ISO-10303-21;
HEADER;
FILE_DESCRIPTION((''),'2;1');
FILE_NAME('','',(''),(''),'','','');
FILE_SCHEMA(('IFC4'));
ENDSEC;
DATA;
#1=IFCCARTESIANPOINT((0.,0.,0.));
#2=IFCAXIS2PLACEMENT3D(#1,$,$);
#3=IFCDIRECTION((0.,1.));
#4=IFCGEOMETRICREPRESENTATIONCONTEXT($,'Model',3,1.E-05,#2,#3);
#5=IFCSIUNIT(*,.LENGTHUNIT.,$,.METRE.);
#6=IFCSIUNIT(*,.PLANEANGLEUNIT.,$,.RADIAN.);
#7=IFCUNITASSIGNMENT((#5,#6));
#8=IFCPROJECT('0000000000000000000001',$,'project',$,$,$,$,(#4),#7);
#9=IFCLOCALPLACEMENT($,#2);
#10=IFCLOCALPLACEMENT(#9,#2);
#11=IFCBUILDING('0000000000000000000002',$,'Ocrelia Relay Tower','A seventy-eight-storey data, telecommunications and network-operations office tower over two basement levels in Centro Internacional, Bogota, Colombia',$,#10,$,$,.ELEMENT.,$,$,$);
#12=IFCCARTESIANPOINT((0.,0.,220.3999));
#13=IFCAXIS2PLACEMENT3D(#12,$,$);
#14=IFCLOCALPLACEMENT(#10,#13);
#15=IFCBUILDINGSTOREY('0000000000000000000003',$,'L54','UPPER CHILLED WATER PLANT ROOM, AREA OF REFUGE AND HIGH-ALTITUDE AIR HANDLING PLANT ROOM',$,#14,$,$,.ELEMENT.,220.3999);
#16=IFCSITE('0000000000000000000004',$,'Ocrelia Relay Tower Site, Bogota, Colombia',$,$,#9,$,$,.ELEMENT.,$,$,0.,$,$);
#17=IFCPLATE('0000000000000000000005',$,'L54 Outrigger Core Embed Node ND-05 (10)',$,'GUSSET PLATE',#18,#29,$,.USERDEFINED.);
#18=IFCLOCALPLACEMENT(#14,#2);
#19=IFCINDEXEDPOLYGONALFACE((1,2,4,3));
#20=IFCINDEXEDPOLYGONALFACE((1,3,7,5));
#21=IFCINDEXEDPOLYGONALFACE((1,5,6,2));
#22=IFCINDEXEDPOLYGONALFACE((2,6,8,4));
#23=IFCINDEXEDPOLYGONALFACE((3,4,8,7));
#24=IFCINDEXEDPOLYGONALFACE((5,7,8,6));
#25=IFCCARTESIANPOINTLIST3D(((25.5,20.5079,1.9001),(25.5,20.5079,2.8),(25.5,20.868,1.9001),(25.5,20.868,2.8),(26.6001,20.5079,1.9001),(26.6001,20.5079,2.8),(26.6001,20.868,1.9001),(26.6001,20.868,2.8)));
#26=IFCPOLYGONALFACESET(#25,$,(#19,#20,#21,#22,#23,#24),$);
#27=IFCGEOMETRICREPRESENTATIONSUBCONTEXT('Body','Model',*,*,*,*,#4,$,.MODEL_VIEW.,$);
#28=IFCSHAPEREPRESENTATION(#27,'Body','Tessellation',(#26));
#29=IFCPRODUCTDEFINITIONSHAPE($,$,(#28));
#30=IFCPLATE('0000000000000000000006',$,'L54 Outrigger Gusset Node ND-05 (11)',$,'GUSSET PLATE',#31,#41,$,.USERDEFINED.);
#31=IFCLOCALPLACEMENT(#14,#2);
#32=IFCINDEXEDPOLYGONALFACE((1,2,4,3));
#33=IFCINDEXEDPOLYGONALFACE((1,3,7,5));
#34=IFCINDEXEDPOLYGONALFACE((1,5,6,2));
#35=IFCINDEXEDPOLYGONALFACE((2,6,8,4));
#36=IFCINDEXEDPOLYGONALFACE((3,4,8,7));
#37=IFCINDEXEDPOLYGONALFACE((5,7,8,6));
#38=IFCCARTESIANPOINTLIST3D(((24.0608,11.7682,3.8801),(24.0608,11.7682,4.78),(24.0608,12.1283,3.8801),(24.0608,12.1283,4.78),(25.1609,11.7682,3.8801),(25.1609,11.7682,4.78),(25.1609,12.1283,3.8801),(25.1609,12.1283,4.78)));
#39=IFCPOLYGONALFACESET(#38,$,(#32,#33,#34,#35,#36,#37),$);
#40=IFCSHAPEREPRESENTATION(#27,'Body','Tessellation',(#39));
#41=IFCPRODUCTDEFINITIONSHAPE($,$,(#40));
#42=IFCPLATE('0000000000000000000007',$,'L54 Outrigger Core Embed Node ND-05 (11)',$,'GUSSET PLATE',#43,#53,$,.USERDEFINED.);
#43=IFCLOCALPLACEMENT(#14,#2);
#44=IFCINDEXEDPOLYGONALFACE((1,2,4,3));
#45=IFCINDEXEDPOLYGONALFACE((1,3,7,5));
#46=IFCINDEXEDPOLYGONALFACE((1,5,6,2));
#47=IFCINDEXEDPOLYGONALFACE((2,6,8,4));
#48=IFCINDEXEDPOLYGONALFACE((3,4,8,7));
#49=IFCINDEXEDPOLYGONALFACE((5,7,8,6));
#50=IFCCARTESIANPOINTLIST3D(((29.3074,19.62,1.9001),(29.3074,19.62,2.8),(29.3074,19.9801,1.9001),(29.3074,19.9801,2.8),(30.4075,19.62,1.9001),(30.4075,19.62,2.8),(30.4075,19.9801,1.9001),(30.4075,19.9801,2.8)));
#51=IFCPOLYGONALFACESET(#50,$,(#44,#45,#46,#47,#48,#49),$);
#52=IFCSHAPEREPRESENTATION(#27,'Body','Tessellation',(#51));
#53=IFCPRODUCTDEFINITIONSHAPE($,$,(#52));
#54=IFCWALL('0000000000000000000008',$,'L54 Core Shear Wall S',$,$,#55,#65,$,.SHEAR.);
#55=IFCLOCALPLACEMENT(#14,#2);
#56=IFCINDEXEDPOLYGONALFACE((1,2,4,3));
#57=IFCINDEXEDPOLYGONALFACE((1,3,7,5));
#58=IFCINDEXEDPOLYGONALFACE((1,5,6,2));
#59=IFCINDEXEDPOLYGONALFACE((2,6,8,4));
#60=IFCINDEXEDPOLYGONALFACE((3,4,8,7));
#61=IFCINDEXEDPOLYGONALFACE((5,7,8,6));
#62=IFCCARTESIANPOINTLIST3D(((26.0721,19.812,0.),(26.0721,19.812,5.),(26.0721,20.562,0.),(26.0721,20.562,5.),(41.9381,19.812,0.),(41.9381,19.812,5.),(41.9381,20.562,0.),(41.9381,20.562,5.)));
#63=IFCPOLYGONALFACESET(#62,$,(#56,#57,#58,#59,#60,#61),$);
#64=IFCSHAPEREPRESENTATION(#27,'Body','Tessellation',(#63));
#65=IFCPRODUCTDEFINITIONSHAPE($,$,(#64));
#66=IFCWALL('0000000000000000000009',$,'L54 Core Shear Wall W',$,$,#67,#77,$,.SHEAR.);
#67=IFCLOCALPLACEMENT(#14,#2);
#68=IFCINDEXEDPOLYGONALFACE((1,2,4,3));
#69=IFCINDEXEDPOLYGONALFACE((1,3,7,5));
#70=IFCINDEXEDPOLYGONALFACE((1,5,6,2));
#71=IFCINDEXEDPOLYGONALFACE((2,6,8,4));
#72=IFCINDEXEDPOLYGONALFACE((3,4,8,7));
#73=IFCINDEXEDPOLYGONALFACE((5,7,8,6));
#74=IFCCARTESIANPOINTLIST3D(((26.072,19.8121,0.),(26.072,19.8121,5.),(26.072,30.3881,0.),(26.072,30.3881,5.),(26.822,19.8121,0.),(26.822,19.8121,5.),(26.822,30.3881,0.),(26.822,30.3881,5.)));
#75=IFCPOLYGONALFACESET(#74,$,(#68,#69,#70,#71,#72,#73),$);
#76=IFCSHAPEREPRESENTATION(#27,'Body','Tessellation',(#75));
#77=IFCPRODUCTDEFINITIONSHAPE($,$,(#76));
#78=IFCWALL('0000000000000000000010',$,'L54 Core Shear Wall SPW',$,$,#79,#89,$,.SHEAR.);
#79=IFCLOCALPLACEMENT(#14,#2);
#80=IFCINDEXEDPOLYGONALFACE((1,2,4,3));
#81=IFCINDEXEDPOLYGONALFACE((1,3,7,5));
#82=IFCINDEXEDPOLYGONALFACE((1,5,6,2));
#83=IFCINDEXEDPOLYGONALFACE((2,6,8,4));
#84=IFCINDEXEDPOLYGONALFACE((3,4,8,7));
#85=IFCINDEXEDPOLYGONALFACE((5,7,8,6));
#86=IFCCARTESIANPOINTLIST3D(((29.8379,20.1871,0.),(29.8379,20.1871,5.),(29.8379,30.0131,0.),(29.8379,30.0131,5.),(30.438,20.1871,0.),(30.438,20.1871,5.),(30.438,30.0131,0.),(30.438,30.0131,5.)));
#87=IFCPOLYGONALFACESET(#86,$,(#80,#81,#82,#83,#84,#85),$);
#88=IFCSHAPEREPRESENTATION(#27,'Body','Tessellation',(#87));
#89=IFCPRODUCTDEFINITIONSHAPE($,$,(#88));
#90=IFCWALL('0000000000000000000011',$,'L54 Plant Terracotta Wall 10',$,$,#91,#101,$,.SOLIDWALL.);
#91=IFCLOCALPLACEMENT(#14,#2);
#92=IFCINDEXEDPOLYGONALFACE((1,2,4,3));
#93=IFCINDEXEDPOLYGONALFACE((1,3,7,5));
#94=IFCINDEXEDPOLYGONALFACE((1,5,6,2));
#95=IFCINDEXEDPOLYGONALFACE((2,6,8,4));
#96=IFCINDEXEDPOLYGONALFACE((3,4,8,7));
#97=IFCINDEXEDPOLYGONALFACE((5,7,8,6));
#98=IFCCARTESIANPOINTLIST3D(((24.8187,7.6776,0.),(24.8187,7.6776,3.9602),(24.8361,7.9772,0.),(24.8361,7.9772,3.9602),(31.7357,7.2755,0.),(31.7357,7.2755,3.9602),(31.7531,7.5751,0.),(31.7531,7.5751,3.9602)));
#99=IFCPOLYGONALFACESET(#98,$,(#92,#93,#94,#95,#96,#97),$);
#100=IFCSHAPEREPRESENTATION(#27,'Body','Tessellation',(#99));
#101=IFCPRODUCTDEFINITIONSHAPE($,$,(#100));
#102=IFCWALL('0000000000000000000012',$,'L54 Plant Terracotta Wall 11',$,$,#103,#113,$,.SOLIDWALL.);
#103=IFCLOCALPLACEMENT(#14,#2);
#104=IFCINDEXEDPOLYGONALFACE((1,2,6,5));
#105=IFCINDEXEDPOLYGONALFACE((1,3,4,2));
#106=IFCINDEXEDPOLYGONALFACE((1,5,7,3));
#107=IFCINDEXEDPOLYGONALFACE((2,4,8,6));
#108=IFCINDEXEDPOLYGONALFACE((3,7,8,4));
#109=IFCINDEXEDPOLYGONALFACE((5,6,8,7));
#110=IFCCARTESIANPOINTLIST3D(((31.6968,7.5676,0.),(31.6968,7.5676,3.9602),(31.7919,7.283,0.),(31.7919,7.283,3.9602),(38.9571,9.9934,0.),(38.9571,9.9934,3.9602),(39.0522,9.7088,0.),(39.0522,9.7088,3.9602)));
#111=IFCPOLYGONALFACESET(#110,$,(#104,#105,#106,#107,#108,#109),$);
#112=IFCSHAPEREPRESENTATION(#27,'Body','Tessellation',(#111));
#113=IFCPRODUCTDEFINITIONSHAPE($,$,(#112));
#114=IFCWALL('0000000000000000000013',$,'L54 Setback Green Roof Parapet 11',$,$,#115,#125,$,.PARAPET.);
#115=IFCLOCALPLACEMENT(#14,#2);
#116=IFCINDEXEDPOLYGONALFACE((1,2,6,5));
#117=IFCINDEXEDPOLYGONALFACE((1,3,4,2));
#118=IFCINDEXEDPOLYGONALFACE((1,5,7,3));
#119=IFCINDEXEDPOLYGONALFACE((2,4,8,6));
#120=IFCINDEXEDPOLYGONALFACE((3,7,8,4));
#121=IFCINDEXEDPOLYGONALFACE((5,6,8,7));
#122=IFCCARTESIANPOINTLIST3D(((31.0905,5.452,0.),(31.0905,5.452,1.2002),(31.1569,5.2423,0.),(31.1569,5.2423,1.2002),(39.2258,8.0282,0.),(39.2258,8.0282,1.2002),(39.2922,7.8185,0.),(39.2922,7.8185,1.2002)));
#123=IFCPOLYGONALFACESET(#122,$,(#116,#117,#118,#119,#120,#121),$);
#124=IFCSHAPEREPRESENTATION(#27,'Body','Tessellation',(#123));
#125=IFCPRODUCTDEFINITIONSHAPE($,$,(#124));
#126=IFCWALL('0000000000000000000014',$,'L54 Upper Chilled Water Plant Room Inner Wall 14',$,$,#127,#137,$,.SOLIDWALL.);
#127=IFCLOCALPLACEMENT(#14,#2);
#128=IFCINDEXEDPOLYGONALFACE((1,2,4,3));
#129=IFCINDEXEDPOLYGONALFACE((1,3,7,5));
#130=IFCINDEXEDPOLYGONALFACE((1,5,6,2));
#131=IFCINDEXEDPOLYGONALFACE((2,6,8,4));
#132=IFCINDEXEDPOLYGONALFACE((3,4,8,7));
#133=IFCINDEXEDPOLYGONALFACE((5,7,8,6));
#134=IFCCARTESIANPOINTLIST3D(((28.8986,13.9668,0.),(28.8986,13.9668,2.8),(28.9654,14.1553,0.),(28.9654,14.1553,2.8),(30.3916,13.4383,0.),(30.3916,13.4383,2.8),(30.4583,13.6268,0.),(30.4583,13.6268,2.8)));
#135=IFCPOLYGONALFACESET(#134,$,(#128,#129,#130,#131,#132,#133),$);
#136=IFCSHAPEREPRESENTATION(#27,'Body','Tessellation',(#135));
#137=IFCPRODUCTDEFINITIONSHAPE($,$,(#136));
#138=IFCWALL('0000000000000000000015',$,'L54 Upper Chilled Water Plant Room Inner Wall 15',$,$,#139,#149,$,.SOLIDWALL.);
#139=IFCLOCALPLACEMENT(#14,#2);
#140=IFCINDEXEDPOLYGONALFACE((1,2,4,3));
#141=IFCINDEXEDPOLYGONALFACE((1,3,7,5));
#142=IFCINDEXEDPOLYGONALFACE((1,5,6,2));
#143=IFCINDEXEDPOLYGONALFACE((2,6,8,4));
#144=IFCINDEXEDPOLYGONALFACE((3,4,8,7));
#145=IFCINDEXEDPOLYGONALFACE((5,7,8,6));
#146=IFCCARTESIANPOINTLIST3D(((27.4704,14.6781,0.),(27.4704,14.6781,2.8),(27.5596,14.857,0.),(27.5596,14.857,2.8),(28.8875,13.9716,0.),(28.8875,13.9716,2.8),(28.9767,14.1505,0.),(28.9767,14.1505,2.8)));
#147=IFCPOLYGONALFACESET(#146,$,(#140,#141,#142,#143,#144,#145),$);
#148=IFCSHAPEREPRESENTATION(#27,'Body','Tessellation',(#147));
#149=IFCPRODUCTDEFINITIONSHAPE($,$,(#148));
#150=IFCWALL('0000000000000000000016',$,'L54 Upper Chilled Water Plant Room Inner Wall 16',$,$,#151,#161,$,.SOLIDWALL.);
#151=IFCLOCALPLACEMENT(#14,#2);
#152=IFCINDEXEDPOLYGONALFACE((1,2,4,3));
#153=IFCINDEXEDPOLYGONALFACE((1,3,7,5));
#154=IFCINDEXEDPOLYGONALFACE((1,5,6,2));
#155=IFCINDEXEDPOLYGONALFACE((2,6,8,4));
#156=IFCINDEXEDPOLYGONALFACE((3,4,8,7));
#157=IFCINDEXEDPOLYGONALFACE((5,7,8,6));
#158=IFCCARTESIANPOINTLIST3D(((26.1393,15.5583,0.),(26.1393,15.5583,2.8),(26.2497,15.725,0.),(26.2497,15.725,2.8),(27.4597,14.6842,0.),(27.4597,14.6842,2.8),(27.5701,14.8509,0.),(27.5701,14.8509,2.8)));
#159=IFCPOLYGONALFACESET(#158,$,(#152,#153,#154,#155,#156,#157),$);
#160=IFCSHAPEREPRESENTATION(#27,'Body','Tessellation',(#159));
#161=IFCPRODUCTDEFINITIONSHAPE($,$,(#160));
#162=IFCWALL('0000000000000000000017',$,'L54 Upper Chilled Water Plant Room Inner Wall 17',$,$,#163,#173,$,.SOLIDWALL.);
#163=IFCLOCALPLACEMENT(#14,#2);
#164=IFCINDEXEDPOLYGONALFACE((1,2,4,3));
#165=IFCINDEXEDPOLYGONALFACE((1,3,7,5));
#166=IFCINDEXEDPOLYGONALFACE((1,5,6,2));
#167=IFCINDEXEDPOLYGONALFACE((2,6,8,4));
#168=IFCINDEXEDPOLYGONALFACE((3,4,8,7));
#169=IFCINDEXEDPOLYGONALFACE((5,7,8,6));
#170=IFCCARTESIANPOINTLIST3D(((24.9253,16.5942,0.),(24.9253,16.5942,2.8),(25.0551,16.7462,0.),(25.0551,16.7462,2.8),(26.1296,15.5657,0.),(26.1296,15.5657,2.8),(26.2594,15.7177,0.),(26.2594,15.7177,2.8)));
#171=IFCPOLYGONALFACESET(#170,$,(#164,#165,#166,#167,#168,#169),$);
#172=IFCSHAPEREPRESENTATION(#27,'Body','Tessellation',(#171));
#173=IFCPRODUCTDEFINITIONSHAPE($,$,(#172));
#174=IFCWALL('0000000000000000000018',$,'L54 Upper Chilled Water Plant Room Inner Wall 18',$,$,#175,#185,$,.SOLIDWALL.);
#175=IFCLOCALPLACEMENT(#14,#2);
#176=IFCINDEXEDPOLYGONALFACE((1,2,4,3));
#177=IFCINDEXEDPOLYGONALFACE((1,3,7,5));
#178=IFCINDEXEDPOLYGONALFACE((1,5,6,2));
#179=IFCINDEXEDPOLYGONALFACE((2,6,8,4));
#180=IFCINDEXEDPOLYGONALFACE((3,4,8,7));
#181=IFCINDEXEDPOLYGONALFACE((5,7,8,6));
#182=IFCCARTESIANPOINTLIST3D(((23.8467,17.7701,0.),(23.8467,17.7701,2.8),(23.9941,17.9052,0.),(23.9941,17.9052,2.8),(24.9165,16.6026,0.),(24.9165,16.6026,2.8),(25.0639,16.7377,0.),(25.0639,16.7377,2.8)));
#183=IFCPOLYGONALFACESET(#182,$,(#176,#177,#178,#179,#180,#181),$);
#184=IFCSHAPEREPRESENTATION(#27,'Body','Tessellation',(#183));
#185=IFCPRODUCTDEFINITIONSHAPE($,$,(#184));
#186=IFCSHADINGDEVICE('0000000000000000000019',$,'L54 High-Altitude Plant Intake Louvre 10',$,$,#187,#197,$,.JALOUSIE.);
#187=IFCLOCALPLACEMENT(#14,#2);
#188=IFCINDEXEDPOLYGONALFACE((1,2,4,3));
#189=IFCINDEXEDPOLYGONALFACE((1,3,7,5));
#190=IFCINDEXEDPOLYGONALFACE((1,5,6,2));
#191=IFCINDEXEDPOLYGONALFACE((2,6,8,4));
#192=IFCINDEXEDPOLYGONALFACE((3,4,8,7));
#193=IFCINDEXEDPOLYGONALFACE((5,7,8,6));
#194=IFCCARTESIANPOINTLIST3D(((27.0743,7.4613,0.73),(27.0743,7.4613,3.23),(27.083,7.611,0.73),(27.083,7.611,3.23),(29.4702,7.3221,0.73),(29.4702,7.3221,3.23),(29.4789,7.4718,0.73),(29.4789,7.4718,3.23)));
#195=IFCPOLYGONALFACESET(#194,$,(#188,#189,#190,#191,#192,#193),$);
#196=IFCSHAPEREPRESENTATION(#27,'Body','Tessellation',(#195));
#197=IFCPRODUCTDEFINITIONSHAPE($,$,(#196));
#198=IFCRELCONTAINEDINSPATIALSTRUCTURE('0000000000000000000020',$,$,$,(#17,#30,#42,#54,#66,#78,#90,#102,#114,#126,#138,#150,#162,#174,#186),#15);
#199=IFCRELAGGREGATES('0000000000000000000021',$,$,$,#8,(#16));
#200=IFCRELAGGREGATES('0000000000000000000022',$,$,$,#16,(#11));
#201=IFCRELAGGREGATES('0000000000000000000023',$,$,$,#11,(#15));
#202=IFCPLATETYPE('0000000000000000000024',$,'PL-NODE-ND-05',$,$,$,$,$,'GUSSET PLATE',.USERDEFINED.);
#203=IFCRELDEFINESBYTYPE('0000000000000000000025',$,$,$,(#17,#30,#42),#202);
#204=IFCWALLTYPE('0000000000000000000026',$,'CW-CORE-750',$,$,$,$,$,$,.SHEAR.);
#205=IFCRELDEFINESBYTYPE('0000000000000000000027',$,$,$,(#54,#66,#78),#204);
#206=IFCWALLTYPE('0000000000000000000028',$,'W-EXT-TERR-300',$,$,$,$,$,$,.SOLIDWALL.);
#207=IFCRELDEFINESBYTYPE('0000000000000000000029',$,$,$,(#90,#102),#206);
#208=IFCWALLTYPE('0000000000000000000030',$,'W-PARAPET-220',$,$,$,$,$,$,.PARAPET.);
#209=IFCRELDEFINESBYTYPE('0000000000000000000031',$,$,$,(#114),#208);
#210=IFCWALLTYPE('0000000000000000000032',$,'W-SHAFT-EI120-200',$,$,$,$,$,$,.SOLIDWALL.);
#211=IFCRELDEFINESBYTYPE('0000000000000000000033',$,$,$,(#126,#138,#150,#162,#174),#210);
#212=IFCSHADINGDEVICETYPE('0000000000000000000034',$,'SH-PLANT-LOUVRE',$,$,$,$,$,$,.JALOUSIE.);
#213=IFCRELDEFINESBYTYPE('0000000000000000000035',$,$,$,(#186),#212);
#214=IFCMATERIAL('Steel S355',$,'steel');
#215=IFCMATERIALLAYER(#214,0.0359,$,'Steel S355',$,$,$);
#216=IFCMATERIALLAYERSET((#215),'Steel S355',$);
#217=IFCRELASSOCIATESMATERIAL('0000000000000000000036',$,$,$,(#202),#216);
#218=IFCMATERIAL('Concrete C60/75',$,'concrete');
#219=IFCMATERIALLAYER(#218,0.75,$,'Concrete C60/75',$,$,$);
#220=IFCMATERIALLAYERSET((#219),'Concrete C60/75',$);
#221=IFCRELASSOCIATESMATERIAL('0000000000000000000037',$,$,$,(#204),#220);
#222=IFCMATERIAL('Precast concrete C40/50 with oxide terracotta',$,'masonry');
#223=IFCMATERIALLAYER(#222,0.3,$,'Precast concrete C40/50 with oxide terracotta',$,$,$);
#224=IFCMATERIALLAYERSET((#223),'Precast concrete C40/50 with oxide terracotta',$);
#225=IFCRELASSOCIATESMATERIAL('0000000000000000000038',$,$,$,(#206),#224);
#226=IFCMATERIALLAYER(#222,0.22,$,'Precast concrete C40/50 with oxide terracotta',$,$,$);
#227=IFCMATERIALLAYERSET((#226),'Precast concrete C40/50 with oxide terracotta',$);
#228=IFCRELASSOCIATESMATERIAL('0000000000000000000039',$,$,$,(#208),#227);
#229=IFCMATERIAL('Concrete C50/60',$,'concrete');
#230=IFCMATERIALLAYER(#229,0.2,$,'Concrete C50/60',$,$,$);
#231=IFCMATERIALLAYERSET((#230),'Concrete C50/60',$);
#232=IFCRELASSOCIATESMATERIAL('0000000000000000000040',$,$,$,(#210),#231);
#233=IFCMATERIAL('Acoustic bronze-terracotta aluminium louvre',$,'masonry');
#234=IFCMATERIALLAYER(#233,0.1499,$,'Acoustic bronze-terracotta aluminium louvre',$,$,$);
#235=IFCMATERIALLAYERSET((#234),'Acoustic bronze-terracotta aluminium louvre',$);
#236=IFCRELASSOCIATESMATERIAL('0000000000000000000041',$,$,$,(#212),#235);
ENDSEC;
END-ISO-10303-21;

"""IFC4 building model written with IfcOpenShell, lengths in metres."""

from ifc_helpers import new_model, si_unit, direction, frame, frame_2d, origin, origin_2d, place, context, subcontext, project, spatial, rectangle, extrude, material, layer, layer_set, type_object, element, save


model = new_model("IFC4")

# Units and contexts
model_context = context("Model", 3, precision=1e-05, world=origin(), true_north=direction((0.0, 1.0)))
body_context = subcontext(model_context, "Body", "Model", "MODEL_VIEW")
ifc_project = project(units=[si_unit("LENGTHUNIT", "METRE"), si_unit("PLANEANGLEUNIT", "RADIAN")], contexts=[model_context])

# Site, building, storey
site_placement = place(None, origin())
site = spatial("IfcSite", under=ifc_project, at=site_placement, Name="Ocrelia Relay Tower Site, Bogota, Colombia", CompositionType="ELEMENT", RefElevation=0.0)
building_placement = place(site_placement, origin())
building = spatial("IfcBuilding", under=site, at=building_placement, Name="Ocrelia Relay Tower", Description="A seventy-eight-storey data, telecommunications and network-operations office tower over two basement levels in Centro Internacional, Bogota, Colombia", CompositionType="ELEMENT")
storey_placement = place(building_placement, frame((0.0, 0.0, 220.3999)))
storey = spatial("IfcBuildingStorey", under=building, at=storey_placement, Name="L54", Description="UPPER CHILLED WATER PLANT ROOM, AREA OF REFUGE AND HIGH-ALTITUDE AIR HANDLING PLANT ROOM", CompositionType="ELEMENT", Elevation=220.3999)

# Shared definitions
ifc_material_1 = material(Name="Concrete C60/75", Category="concrete")

# Shared definitions
ifc_material_2 = material(Name="Steel S355", Category="steel")

# Plates
ifc_layer_1 = layer(ifc_material_2, 0.0359, Name="Steel S355")
ifc_layer_set_1 = layer_set([ifc_layer_1], Name="Steel S355")
plate_type = type_object("IfcPlateType", Name="PL-NODE-ND-05", ElementType="GUSSET PLATE", PredefinedType="USERDEFINED", material=ifc_layer_set_1)
for number, where, z_axis, x_axis, name in (
    (1, (26.05, 20.688, 1.9001), (0.0, 0.0, 1.0), (1.0, 0.0, 0.0), "L54 Outrigger Core Embed Node ND-05 (10)"),
    (2, (24.6108, 11.9482, 3.8801), (0.0, 0.0, 1.0), (1.0, 0.0, 0.0), "L54 Outrigger Gusset Node ND-05 (11)"),
    (3, (29.8574, 19.8, 1.9001), (0.0, 0.0, 1.0), (1.0, 0.0, 0.0), "L54 Outrigger Core Embed Node ND-05 (11)"),
):
    element("IfcPlate", number, at=place(storey_placement, frame(where, z_axis=z_axis, x_axis=x_axis)), inside=storey, type_object=plate_type, Name=name, ObjectType="GUSSET PLATE", PredefinedType="USERDEFINED", context=body_context, shape_type="SweptSolid", body=[
        extrude(rectangle(XDim=1.1001, YDim=0.3601, at=origin_2d()), origin(), (0.0, 0.0, 1.0), 0.8999),
    ])

# Walls
ifc_layer_2 = layer(ifc_material_1, 0.75, Name="Concrete C60/75")
ifc_layer_set_2 = layer_set([ifc_layer_2], Name="Concrete C60/75")
wall_type_1 = type_object("IfcWallType", Name="CW-CORE-750", PredefinedType="SHEAR", material=ifc_layer_set_2)
wall_1_placement = place(storey_placement, frame((26.072, 20.187, 0.0), z_axis=(0.0, 0.0, 1.0), x_axis=(1.0, 0.0, 0.0)))
element("IfcWall", 4, at=wall_1_placement, inside=storey, type_object=wall_type_1, Name="L54 Core Shear Wall S", PredefinedType="SHEAR", context=body_context, shape_type="SweptSolid", body=[
    extrude(rectangle(XDim=15.866, YDim=0.75, at=frame_2d((7.9331, 0.0))), origin(), (0.0, 0.0, 1.0), 5.0),
])
wall_2_placement = place(storey_placement, frame((26.447, 19.812, 0.0), z_axis=(0.0, 0.0, 1.0), x_axis=(0.0, 1.0, 0.0)))
element("IfcWall", 5, at=wall_2_placement, inside=storey, type_object=wall_type_1, Name="L54 Core Shear Wall W", PredefinedType="SHEAR", context=body_context, shape_type="SweptSolid", body=[
    extrude(rectangle(XDim=10.5759, YDim=0.75, at=frame_2d((5.2881, 0.0))), origin(), (0.0, 0.0, 1.0), 5.0),
])
wall_3_placement = place(storey_placement, frame((30.1379, 20.187, 0.0), z_axis=(0.0, 0.0, 1.0), x_axis=(0.0, 1.0, 0.0)))
element("IfcWall", 6, at=wall_3_placement, inside=storey, type_object=wall_type_1, Name="L54 Core Shear Wall SPW", PredefinedType="SHEAR", context=body_context, shape_type="SweptSolid", body=[
    extrude(rectangle(XDim=9.8259, YDim=0.6001, at=frame_2d((4.9131, 0.0))), origin(), (0.0, 0.0, 1.0), 5.0),
])
ifc_material_3 = material(Name="Precast concrete C40/50 with oxide terracotta", Category="masonry")
ifc_layer_3 = layer(ifc_material_3, 0.3, Name="Precast concrete C40/50 with oxide terracotta")
ifc_layer_set_3 = layer_set([ifc_layer_3], Name="Precast concrete C40/50 with oxide terracotta")
wall_type_2 = type_object("IfcWallType", Name="W-EXT-TERR-300", PredefinedType="SOLIDWALL", material=ifc_layer_set_3)
wall_4_placement = place(storey_placement, frame((24.8274, 7.8274, 0.0), z_axis=(0.0, 0.0, 1.0), x_axis=(0.998315, -0.058034, 0.0)))
element("IfcWall", 7, at=wall_4_placement, inside=storey, type_object=wall_type_2, Name="L54 Plant Terracotta Wall 10", PredefinedType="SOLIDWALL", context=body_context, shape_type="SweptSolid", body=[
    extrude(rectangle(XDim=6.9287, YDim=0.3, at=frame_2d((3.4644, 0.0))), origin(), (0.0, 0.0, 1.0), 3.9602),
])
wall_5_placement = place(storey_placement, frame((31.7444, 7.4253, 0.0), z_axis=(0.0, 0.0, 1.0), x_axis=(0.94846, 0.316897, 0.0)))
element("IfcWall", 8, at=wall_5_placement, inside=storey, type_object=wall_type_2, Name="L54 Plant Terracotta Wall 11", PredefinedType="SOLIDWALL", context=body_context, shape_type="SweptSolid", body=[
    extrude(rectangle(XDim=7.6548, YDim=0.3, at=frame_2d((3.8274, 0.0))), origin(), (0.0, 0.0, 1.0), 3.9602),
])
ifc_layer_4 = layer(ifc_material_3, 0.22, Name="Precast concrete C40/50 with oxide terracotta")
ifc_layer_set_4 = layer_set([ifc_layer_4], Name="Precast concrete C40/50 with oxide terracotta")
wall_type_3 = type_object("IfcWallType", Name="W-PARAPET-220", PredefinedType="PARAPET", material=ifc_layer_set_4)
wall_6_placement = place(storey_placement, frame((31.1238, 5.3472, 0.0), z_axis=(0.0, 0.0, 1.0), x_axis=(0.953342, 0.301893, 0.0)))
element("IfcWall", 9, at=wall_6_placement, inside=storey, type_object=wall_type_3, Name="L54 Setback Green Roof Parapet 11", PredefinedType="PARAPET", context=body_context, shape_type="SweptSolid", body=[
    extrude(rectangle(XDim=8.5334, YDim=0.22, at=frame_2d((4.2666, 0.0))), origin(), (0.0, 0.0, 1.0), 1.2002),
])
ifc_material_4 = material(Name="Concrete C50/60", Category="concrete")
ifc_layer_5 = layer(ifc_material_4, 0.2, Name="Concrete C50/60")
ifc_layer_set_5 = layer_set([ifc_layer_5], Name="Concrete C50/60")
wall_type_4 = type_object("IfcWallType", Name="W-SHAFT-EI120-200", PredefinedType="SOLIDWALL", material=ifc_layer_set_5)
wall_7_placement = place(storey_placement, frame((30.425, 13.5325, 0.0), z_axis=(0.0, 0.0, 1.0), x_axis=(-0.942663, 0.333747, 0.0)))
element("IfcWall", 10, at=wall_7_placement, inside=storey, type_object=wall_type_4, Name="L54 Upper Chilled Water Plant Room Inner Wall 14", PredefinedType="SOLIDWALL", context=body_context, shape_type="SweptSolid", body=[
    extrude(rectangle(XDim=1.5837, YDim=0.2, at=frame_2d((0.792, 0.0))), origin(), (0.0, 0.0, 1.0), 2.8),
])
for number, where, z_axis, x_axis, name in (
    (11, (28.9321, 14.061, 0.0), (0.0, 0.0, 1.0), (-0.894951, 0.446165, 0.0), "L54 Upper Chilled Water Plant Room Inner Wall 15"),
    (12, (27.5149, 14.7676, 0.0), (0.0, 0.0, 1.0), (-0.833849, 0.551993, 0.0), "L54 Upper Chilled Water Plant Room Inner Wall 16"),
):
    element("IfcWall", number, at=place(storey_placement, frame(where, z_axis=z_axis, x_axis=x_axis)), inside=storey, type_object=wall_type_4, Name=name, PredefinedType="SOLIDWALL", context=body_context, shape_type="SweptSolid", body=[
        extrude(rectangle(XDim=1.5835, YDim=0.2, at=frame_2d((0.7917, 0.0))), origin(), (0.0, 0.0, 1.0), 2.8),
    ])
wall_8_placement = place(storey_placement, frame((26.1946, 15.6416, 0.0), z_axis=(0.0, 0.0, 1.0), x_axis=(-0.76042, 0.649432, 0.0)))
element("IfcWall", 13, at=wall_8_placement, inside=storey, type_object=wall_type_4, Name="L54 Upper Chilled Water Plant Room Inner Wall 17", PredefinedType="SOLIDWALL", context=body_context, shape_type="SweptSolid", body=[
    extrude(rectangle(XDim=1.5837, YDim=0.2, at=frame_2d((0.792, 0.0))), origin(), (0.0, 0.0, 1.0), 2.8),
])
wall_9_placement = place(storey_placement, frame((24.9902, 16.6702, 0.0), z_axis=(0.0, 0.0, 1.0), x_axis=(-0.675599, 0.737269, 0.0)))
element("IfcWall", 14, at=wall_9_placement, inside=storey, type_object=wall_type_4, Name="L54 Upper Chilled Water Plant Room Inner Wall 18", PredefinedType="SOLIDWALL", context=body_context, shape_type="SweptSolid", body=[
    extrude(rectangle(XDim=1.5835, YDim=0.2, at=frame_2d((0.7917, 0.0))), origin(), (0.0, 0.0, 1.0), 2.8),
])

# Shading device
ifc_material_5 = material(Name="Acoustic bronze-terracotta aluminium louvre", Category="masonry")
ifc_layer_6 = layer(ifc_material_5, 0.1499, Name="Acoustic bronze-terracotta aluminium louvre")
ifc_layer_set_6 = layer_set([ifc_layer_6], Name="Acoustic bronze-terracotta aluminium louvre")
shading_device_type = type_object("IfcShadingDeviceType", Name="SH-PLANT-LOUVRE", PredefinedType="JALOUSIE", material=ifc_layer_set_6)
shading_device_placement = place(storey_placement, frame((28.2766, 7.4666, 0.73), z_axis=(0.0, 0.0, 1.0), x_axis=(0.998315, -0.058021, 0.0)))
element("IfcShadingDevice", 15, at=shading_device_placement, inside=storey, type_object=shading_device_type, Name="L54 High-Altitude Plant Intake Louvre 10", PredefinedType="JALOUSIE", context=body_context, shape_type="SweptSolid", body=[
    extrude(rectangle(XDim=2.3999, YDim=0.1499, at=origin_2d()), origin(), (0.0, 0.0, 1.0), 2.5),
])

save(model, "model.ifc")
